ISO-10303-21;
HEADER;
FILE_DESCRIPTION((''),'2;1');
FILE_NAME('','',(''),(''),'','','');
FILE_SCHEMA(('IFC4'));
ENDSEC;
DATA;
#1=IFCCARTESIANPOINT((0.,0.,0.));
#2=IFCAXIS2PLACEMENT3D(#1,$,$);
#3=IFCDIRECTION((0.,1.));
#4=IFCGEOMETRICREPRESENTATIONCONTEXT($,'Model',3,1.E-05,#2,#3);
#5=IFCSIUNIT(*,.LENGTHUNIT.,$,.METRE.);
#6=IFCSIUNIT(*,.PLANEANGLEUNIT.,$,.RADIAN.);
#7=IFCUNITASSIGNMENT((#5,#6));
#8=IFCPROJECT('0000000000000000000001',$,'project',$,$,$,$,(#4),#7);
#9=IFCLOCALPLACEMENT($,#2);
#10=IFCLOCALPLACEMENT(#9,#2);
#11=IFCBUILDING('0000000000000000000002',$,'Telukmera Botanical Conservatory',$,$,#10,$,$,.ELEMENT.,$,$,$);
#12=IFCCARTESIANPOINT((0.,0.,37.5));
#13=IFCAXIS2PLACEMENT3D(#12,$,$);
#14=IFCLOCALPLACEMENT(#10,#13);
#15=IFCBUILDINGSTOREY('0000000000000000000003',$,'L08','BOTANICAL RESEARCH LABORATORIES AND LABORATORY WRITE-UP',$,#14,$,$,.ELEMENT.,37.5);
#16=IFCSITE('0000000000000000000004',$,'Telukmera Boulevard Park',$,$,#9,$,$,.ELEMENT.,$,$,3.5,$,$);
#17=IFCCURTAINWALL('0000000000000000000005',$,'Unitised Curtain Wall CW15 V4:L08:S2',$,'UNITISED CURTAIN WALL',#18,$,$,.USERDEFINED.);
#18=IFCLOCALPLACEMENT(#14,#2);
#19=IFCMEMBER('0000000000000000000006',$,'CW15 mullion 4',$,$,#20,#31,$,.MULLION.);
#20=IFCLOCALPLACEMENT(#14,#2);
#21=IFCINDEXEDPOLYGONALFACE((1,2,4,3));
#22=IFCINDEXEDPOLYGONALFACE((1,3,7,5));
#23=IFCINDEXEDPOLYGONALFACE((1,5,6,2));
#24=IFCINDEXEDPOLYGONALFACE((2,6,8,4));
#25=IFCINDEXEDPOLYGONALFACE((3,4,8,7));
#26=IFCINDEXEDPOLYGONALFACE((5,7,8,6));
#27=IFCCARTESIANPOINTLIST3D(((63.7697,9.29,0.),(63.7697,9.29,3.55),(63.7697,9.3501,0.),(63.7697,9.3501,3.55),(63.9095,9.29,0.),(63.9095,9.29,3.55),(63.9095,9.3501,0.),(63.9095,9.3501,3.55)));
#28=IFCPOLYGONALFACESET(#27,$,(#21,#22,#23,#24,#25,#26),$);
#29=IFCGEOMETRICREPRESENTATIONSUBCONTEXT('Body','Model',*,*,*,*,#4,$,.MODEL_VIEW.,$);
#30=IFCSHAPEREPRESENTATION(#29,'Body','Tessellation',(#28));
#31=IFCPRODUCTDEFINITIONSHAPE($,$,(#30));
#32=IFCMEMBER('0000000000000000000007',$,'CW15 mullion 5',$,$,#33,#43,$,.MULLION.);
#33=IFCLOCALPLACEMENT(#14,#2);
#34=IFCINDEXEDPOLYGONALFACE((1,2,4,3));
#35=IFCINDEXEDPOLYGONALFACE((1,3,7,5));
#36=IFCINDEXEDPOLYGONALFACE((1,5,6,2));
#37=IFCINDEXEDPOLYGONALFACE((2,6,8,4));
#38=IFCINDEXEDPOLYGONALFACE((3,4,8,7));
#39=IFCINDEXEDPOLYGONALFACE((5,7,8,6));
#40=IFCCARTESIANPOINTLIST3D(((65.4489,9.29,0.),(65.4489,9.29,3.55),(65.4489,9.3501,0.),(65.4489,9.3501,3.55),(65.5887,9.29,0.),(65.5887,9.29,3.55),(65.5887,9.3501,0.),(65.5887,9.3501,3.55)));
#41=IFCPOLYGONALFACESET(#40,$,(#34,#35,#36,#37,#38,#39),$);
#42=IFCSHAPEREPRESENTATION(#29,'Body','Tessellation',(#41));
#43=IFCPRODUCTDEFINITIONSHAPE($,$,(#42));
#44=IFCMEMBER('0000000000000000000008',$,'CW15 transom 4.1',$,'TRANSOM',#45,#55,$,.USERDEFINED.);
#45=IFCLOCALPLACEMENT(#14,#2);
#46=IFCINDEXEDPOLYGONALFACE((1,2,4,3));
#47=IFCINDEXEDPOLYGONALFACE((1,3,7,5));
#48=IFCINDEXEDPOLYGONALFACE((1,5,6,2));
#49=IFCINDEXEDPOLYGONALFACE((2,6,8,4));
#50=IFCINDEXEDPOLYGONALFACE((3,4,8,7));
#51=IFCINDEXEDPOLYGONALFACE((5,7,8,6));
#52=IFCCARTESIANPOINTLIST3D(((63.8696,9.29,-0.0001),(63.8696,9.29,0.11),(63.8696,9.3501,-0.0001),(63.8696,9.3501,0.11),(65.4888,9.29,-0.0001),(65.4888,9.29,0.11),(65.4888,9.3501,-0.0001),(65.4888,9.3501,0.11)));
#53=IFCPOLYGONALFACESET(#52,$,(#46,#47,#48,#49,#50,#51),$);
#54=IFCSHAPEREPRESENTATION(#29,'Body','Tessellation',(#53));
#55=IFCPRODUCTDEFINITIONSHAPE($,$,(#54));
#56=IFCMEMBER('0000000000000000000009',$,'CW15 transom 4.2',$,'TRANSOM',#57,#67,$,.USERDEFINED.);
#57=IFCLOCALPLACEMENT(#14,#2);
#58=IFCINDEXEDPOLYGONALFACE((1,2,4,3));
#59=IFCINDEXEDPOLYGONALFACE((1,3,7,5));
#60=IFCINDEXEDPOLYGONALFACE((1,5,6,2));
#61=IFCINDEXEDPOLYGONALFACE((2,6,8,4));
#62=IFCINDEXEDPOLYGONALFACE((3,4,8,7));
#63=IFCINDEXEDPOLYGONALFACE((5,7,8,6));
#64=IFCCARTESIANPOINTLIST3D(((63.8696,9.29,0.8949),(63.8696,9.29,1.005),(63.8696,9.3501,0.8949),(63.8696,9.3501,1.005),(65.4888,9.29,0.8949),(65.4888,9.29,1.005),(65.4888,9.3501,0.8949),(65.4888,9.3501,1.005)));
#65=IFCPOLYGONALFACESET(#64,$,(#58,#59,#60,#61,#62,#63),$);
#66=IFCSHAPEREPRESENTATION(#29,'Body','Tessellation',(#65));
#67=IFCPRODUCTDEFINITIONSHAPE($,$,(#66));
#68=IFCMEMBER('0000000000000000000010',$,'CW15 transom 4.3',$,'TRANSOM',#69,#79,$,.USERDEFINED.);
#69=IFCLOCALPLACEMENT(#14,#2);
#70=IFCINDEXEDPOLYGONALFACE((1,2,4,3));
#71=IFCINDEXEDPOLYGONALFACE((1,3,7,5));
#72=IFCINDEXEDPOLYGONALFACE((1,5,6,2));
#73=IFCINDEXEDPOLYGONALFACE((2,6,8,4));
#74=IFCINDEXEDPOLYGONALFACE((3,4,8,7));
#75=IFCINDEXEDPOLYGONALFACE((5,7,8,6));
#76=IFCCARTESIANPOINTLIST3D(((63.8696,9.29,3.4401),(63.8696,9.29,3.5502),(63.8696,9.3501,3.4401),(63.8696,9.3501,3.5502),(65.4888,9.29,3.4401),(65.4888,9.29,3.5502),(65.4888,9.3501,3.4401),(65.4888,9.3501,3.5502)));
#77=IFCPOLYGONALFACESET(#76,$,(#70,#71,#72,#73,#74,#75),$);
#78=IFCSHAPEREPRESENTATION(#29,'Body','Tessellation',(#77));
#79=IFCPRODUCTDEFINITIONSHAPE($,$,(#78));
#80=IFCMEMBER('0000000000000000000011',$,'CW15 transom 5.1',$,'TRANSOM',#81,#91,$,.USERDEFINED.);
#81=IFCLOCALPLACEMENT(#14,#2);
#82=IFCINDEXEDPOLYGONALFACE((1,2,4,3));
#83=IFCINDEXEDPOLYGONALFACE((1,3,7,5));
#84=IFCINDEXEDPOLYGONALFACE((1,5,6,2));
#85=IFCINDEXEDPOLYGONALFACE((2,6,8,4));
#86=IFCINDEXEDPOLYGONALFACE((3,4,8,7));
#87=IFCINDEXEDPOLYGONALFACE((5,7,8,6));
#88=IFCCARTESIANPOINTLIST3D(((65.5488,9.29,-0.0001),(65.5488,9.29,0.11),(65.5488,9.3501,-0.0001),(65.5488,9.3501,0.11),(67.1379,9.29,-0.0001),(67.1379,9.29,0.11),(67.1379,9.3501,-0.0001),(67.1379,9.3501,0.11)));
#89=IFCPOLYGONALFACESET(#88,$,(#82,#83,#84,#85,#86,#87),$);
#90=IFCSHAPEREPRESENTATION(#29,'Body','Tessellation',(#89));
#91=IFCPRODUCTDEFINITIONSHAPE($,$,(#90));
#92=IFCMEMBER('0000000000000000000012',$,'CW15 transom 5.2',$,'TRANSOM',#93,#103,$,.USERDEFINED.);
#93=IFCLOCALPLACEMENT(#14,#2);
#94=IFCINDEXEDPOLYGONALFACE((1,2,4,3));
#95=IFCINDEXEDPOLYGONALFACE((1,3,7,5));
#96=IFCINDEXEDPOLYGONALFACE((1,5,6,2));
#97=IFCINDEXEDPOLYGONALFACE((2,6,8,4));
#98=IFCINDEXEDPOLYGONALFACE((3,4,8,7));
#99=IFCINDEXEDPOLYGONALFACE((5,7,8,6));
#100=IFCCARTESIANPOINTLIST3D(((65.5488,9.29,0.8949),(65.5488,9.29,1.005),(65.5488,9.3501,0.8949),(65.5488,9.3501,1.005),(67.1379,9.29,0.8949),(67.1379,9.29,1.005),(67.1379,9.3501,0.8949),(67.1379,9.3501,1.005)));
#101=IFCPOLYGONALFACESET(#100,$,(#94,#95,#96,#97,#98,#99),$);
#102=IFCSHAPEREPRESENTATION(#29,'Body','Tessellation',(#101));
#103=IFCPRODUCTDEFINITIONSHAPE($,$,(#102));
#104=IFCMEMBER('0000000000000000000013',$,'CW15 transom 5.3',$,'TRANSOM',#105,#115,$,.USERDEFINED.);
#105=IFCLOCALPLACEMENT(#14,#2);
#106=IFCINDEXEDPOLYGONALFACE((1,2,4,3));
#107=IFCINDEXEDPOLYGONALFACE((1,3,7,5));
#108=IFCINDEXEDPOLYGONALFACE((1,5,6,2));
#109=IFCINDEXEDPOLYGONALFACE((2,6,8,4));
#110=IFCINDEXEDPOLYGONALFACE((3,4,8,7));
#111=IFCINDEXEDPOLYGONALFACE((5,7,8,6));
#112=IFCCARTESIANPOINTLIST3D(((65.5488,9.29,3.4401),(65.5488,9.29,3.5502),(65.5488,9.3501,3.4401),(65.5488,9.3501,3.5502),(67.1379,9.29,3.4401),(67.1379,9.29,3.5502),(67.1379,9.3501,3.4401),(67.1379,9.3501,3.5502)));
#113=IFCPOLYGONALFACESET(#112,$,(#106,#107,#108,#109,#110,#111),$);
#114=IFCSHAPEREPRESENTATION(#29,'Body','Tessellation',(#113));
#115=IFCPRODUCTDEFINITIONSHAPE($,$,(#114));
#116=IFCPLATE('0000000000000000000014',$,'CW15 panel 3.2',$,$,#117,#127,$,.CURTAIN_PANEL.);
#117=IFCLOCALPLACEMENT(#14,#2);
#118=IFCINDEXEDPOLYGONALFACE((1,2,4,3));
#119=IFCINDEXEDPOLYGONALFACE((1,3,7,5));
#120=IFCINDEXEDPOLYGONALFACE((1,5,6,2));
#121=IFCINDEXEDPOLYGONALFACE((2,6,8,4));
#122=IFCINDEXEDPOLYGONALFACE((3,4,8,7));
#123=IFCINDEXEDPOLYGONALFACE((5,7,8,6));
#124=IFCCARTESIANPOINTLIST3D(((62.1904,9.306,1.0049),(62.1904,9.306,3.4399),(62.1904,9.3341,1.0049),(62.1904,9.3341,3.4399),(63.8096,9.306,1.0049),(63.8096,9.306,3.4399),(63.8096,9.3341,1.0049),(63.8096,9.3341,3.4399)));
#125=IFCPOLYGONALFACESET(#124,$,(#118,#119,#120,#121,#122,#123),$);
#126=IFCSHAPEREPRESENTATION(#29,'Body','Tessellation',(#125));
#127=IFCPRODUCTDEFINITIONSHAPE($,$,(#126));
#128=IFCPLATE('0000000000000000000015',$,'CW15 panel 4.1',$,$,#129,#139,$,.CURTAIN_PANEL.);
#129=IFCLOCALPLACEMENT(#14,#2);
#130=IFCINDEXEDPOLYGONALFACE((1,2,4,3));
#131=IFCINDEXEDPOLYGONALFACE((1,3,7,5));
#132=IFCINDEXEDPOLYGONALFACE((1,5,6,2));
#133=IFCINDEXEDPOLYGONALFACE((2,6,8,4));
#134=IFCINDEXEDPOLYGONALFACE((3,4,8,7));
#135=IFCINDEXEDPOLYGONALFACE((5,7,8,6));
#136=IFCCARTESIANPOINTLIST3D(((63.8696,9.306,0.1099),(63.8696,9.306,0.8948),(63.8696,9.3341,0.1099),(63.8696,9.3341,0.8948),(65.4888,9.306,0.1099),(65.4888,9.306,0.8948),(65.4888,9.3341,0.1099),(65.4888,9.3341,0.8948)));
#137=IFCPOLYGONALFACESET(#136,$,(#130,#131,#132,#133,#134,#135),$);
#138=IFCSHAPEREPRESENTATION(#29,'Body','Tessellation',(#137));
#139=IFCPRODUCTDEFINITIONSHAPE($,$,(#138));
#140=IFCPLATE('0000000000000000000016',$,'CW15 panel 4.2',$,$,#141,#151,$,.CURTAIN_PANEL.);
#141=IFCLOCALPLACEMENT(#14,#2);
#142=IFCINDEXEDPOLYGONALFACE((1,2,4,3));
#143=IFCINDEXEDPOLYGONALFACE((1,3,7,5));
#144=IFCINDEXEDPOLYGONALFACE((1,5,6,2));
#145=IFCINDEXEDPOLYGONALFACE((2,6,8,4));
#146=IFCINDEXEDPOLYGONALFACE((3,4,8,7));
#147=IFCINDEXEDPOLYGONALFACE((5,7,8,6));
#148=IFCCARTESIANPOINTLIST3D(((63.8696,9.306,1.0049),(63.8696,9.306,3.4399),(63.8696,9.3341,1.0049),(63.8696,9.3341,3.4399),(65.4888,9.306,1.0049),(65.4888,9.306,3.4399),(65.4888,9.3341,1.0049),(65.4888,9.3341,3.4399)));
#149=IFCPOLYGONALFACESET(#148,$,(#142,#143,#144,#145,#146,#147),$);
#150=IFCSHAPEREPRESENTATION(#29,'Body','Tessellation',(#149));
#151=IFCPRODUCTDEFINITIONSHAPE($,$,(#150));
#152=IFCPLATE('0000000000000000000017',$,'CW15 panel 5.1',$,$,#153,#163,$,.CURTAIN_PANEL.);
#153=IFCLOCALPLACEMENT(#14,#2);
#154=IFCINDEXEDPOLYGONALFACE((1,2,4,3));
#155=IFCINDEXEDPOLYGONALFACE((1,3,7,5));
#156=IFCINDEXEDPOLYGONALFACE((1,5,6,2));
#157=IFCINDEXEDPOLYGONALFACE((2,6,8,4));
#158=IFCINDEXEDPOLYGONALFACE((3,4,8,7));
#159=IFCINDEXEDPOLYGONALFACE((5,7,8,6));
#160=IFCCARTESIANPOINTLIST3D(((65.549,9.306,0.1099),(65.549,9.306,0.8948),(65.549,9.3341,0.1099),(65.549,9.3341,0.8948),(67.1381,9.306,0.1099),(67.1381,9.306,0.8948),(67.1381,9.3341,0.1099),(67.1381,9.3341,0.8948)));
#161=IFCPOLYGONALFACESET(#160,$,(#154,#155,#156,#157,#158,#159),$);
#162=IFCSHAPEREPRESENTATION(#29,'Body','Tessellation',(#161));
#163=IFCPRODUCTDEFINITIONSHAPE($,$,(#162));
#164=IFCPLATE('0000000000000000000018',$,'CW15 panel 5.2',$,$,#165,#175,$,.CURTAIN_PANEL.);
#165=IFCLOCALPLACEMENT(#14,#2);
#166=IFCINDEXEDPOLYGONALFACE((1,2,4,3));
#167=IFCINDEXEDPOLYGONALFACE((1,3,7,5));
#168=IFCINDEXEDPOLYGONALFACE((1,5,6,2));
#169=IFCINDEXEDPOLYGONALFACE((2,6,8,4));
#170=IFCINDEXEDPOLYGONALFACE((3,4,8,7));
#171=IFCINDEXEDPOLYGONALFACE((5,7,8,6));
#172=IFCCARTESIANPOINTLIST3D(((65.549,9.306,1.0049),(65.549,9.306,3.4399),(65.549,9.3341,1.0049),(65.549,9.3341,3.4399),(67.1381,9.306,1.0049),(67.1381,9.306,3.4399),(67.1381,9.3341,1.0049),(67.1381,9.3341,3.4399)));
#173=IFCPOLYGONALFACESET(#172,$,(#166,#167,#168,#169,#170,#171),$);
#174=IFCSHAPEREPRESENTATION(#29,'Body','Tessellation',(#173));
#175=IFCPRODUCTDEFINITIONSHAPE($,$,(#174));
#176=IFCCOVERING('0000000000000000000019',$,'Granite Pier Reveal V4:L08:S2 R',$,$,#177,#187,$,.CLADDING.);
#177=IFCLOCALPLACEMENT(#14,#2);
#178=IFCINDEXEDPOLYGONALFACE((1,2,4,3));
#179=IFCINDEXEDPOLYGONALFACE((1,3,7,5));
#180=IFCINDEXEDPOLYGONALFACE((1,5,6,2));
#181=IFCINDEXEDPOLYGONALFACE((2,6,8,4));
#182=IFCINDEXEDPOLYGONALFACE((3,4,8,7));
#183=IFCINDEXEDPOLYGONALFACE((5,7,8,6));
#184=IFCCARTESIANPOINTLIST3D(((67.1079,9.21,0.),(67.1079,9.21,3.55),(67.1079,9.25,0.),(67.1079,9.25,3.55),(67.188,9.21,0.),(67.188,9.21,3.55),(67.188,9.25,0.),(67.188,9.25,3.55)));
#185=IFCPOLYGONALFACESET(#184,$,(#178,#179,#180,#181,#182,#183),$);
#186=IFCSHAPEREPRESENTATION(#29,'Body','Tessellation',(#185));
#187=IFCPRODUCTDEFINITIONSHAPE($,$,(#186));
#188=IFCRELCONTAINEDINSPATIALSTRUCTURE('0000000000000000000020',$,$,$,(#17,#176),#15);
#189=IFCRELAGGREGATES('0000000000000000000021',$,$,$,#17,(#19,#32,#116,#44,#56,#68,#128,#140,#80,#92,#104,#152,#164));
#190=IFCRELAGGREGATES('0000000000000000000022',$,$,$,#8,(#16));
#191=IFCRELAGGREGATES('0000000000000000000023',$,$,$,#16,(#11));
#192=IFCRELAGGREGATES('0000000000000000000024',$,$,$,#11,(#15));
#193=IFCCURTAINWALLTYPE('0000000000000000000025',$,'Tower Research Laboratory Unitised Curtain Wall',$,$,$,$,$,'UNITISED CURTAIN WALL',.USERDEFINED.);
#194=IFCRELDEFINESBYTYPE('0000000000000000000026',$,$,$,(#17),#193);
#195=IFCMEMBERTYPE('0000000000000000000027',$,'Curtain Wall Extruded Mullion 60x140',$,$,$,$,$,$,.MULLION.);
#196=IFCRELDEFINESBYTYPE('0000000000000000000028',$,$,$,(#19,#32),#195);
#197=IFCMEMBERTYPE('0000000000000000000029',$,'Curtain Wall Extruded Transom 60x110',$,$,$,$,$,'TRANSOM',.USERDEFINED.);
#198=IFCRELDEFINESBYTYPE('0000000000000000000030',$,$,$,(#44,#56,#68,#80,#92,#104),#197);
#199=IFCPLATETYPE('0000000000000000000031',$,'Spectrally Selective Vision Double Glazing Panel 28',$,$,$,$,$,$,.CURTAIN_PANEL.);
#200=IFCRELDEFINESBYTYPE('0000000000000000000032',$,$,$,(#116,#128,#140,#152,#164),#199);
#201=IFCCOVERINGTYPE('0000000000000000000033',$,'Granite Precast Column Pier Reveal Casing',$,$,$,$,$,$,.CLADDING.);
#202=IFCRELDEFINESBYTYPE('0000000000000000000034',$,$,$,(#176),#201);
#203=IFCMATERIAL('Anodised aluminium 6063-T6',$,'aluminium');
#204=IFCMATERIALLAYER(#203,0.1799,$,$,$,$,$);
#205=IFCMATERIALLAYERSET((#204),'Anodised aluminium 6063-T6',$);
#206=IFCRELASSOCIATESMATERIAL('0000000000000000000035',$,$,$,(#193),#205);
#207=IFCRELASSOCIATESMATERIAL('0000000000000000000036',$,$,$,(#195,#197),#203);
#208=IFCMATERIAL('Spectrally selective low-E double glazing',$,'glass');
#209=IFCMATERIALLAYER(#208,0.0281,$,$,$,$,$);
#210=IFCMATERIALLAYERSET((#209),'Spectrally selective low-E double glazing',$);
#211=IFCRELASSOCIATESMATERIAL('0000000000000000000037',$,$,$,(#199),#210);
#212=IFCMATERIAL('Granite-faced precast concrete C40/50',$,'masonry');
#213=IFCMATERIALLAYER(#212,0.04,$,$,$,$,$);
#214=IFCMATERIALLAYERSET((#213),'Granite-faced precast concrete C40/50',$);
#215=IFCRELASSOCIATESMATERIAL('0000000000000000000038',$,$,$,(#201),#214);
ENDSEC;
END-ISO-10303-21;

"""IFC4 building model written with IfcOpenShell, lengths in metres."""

from ifc_helpers import new_model, si_unit, direction, frame, origin, origin_2d, place, context, subcontext, project, spatial, rectangle, extrude, material, layer, layer_set, material_profile, profile_set, type_object, element, aggregate, save


model = new_model("IFC4")

# Units and contexts
model_context = context("Model", 3, precision=1e-05, world=origin(), true_north=direction((0.0, 1.0)))
body_context = subcontext(model_context, "Body", "Model", "MODEL_VIEW")
ifc_project = project(units=[si_unit("LENGTHUNIT", "METRE"), si_unit("PLANEANGLEUNIT", "RADIAN")], contexts=[model_context])

# Site, building, storey
site_placement = place(None, origin())
site = spatial("IfcSite", under=ifc_project, at=site_placement, Name="Telukmera Boulevard Park", CompositionType="ELEMENT", RefElevation=3.5)
building_placement = place(site_placement, origin())
building = spatial("IfcBuilding", under=site, at=building_placement, Name="Telukmera Botanical Conservatory", CompositionType="ELEMENT")
storey_placement = place(building_placement, frame((0.0, 0.0, 37.5)))
storey = spatial("IfcBuildingStorey", under=building, at=storey_placement, Name="L08", Description="BOTANICAL RESEARCH LABORATORIES AND LABORATORY WRITE-UP", CompositionType="ELEMENT", Elevation=37.5)

# Curtain wall, members, plates
ifc_material_1 = material(Name="Anodised aluminium 6063-T6", Category="aluminium")
ifc_layer_1 = layer(ifc_material_1, 0.1799)
ifc_layer_set_1 = layer_set([ifc_layer_1], Name="Anodised aluminium 6063-T6")
curtain_wall_type = type_object("IfcCurtainWallType", Name="Tower Research Laboratory Unitised Curtain Wall", ElementType="UNITISED CURTAIN WALL", PredefinedType="USERDEFINED", material=ifc_layer_set_1)
curtain_wall_placement = place(storey_placement, origin())
curtain_wall = element("IfcCurtainWall", 1, at=curtain_wall_placement, inside=storey, type_object=curtain_wall_type, Name="Unitised Curtain Wall CW15 V4:L08:S2", ObjectType="UNITISED CURTAIN WALL", PredefinedType="USERDEFINED")
ifc_material_profile_1 = material_profile(ifc_material_1, rectangle(XDim=0.0601, YDim=0.1399, at=origin_2d()), Name="ALU MULL 60x140")
ifc_profile_set_1 = profile_set([ifc_material_profile_1], Name="Anodised aluminium 6063-T6")
member_type_1 = type_object("IfcMemberType", Name="Curtain Wall Extruded Mullion 60x140", PredefinedType="MULLION", material=ifc_profile_set_1)
member_1_placement = place(storey_placement, frame((63.8396, 9.3201, 0.0), z_axis=(0.0, 0.0, 1.0), x_axis=(0.0, 1.0, 0.0)))
member_1 = element("IfcMember", 2, at=member_1_placement, type_object=member_type_1, Name="CW15 mullion 4", PredefinedType="MULLION", context=body_context, shape_type="SweptSolid", body=[
    extrude(rectangle(XDim=0.0601, YDim=0.1399, at=origin_2d()), origin(), (0.0, 0.0, 1.0), 3.55),
])
member_2_placement = place(storey_placement, frame((65.5188, 9.3201, 0.0), z_axis=(0.0, 0.0, 1.0), x_axis=(0.0, 1.0, 0.0)))
member_2 = element("IfcMember", 3, at=member_2_placement, type_object=member_type_1, Name="CW15 mullion 5", PredefinedType="MULLION", context=body_context, shape_type="SweptSolid", body=[
    extrude(rectangle(XDim=0.0601, YDim=0.1399, at=origin_2d()), origin(), (0.0, 0.0, 1.0), 3.55),
])
ifc_material_profile_2 = material_profile(ifc_material_1, rectangle(XDim=0.0601, YDim=0.1101, at=origin_2d()), Name="ALU TRAN 60x110")
ifc_profile_set_2 = profile_set([ifc_material_profile_2], Name="Anodised aluminium 6063-T6")
member_type_2 = type_object("IfcMemberType", Name="Curtain Wall Extruded Transom 60x110", ElementType="TRANSOM", PredefinedType="USERDEFINED", material=ifc_profile_set_2)
member_3_placement = place(storey_placement, frame((63.8696, 9.3201, 0.0549), z_axis=(1.0, 0.0, 0.0), x_axis=(0.0, 1.0, 0.0)))
member_3 = element("IfcMember", 4, at=member_3_placement, type_object=member_type_2, Name="CW15 transom 4.1", ObjectType="TRANSOM", PredefinedType="USERDEFINED", context=body_context, shape_type="SweptSolid", body=[
    extrude(rectangle(XDim=0.0601, YDim=0.1101, at=origin_2d()), origin(), (0.0, 0.0, 1.0), 1.6191),
])
member_4_placement = place(storey_placement, frame((63.8696, 9.3201, 0.95), z_axis=(1.0, 0.0, 0.0), x_axis=(0.0, 1.0, 0.0)))
member_4 = element("IfcMember", 5, at=member_4_placement, type_object=member_type_2, Name="CW15 transom 4.2", ObjectType="TRANSOM", PredefinedType="USERDEFINED", context=body_context, shape_type="SweptSolid", body=[
    extrude(rectangle(XDim=0.0601, YDim=0.1101, at=origin_2d()), origin(), (0.0, 0.0, 1.0), 1.6191),
])
member_5_placement = place(storey_placement, frame((63.8696, 9.3201, 3.4951), z_axis=(1.0, 0.0, 0.0), x_axis=(0.0, 1.0, 0.0)))
member_5 = element("IfcMember", 6, at=member_5_placement, type_object=member_type_2, Name="CW15 transom 4.3", ObjectType="TRANSOM", PredefinedType="USERDEFINED", context=body_context, shape_type="SweptSolid", body=[
    extrude(rectangle(XDim=0.0601, YDim=0.1101, at=origin_2d()), origin(), (0.0, 0.0, 1.0), 1.6191),
])
member_6_placement = place(storey_placement, frame((65.5488, 9.3201, 0.0549), z_axis=(1.0, 0.0, 0.0), x_axis=(0.0, 1.0, 0.0)))
member_6 = element("IfcMember", 7, at=member_6_placement, type_object=member_type_2, Name="CW15 transom 5.1", ObjectType="TRANSOM", PredefinedType="USERDEFINED", context=body_context, shape_type="SweptSolid", body=[
    extrude(rectangle(XDim=0.0601, YDim=0.1101, at=origin_2d()), origin(), (0.0, 0.0, 1.0), 1.5891),
])
member_7_placement = place(storey_placement, frame((65.5488, 9.3201, 0.95), z_axis=(1.0, 0.0, 0.0), x_axis=(0.0, 1.0, 0.0)))
member_7 = element("IfcMember", 8, at=member_7_placement, type_object=member_type_2, Name="CW15 transom 5.2", ObjectType="TRANSOM", PredefinedType="USERDEFINED", context=body_context, shape_type="SweptSolid", body=[
    extrude(rectangle(XDim=0.0601, YDim=0.1101, at=origin_2d()), origin(), (0.0, 0.0, 1.0), 1.5891),
])
member_8_placement = place(storey_placement, frame((65.5488, 9.3201, 3.4951), z_axis=(1.0, 0.0, 0.0), x_axis=(0.0, 1.0, 0.0)))
member_8 = element("IfcMember", 9, at=member_8_placement, type_object=member_type_2, Name="CW15 transom 5.3", ObjectType="TRANSOM", PredefinedType="USERDEFINED", context=body_context, shape_type="SweptSolid", body=[
    extrude(rectangle(XDim=0.0601, YDim=0.1101, at=origin_2d()), origin(), (0.0, 0.0, 1.0), 1.5891),
])
ifc_material_2 = material(Name="Spectrally selective low-E double glazing", Category="glass")
ifc_layer_2 = layer(ifc_material_2, 0.0281)
ifc_layer_set_2 = layer_set([ifc_layer_2], Name="Spectrally selective low-E double glazing")
plate_type = type_object("IfcPlateType", Name="Spectrally Selective Vision Double Glazing Panel 28", PredefinedType="CURTAIN_PANEL", material=ifc_layer_set_2)
plate_1_placement = place(storey_placement, frame((63.0, 9.3201, 1.0049), z_axis=(0.0, 0.0, 1.0), x_axis=(1.0, 0.0, 0.0)))
plate_1 = element("IfcPlate", 10, at=plate_1_placement, type_object=plate_type, Name="CW15 panel 3.2", PredefinedType="CURTAIN_PANEL", context=body_context, shape_type="SweptSolid", body=[
    extrude(rectangle(XDim=1.6191, YDim=0.0281, at=origin_2d()), origin(), (0.0, 0.0, 1.0), 2.4351),
])
plate_2_placement = place(storey_placement, frame((64.6792, 9.3201, 0.1099), z_axis=(0.0, 0.0, 1.0), x_axis=(1.0, 0.0, 0.0)))
plate_2 = element("IfcPlate", 11, at=plate_2_placement, type_object=plate_type, Name="CW15 panel 4.1", PredefinedType="CURTAIN_PANEL", context=body_context, shape_type="SweptSolid", body=[
    extrude(rectangle(XDim=1.6191, YDim=0.0281, at=origin_2d()), origin(), (0.0, 0.0, 1.0), 0.7849),
])
plate_3_placement = place(storey_placement, frame((64.6792, 9.3201, 1.0049), z_axis=(0.0, 0.0, 1.0), x_axis=(1.0, 0.0, 0.0)))
plate_3 = element("IfcPlate", 12, at=plate_3_placement, type_object=plate_type, Name="CW15 panel 4.2", PredefinedType="CURTAIN_PANEL", context=body_context, shape_type="SweptSolid", body=[
    extrude(rectangle(XDim=1.6191, YDim=0.0281, at=origin_2d()), origin(), (0.0, 0.0, 1.0), 2.4351),
])
plate_4_placement = place(storey_placement, frame((66.3435, 9.3201, 0.1099), z_axis=(0.0, 0.0, 1.0), x_axis=(1.0, 0.0, 0.0)))
plate_4 = element("IfcPlate", 13, at=plate_4_placement, type_object=plate_type, Name="CW15 panel 5.1", PredefinedType="CURTAIN_PANEL", context=body_context, shape_type="SweptSolid", body=[
    extrude(rectangle(XDim=1.5891, YDim=0.0281, at=origin_2d()), origin(), (0.0, 0.0, 1.0), 0.7849),
])
plate_5_placement = place(storey_placement, frame((66.3435, 9.3201, 1.0049), z_axis=(0.0, 0.0, 1.0), x_axis=(1.0, 0.0, 0.0)))
plate_5 = element("IfcPlate", 14, at=plate_5_placement, type_object=plate_type, Name="CW15 panel 5.2", PredefinedType="CURTAIN_PANEL", context=body_context, shape_type="SweptSolid", body=[
    extrude(rectangle(XDim=1.5891, YDim=0.0281, at=origin_2d()), origin(), (0.0, 0.0, 1.0), 2.4351),
])
aggregate(curtain_wall, [member_1, member_2, plate_1, member_3, member_4, member_5, plate_2, plate_3, member_6, member_7, member_8, plate_4, plate_5])

# Covering
ifc_material_3 = material(Name="Granite-faced precast concrete C40/50", Category="masonry")
ifc_layer_3 = layer(ifc_material_3, 0.04)
ifc_layer_set_3 = layer_set([ifc_layer_3], Name="Granite-faced precast concrete C40/50")
covering_type_1 = type_object("IfcCoveringType", Name="Granite Precast Column Pier Reveal Casing", PredefinedType="CLADDING", material=ifc_layer_set_3)
for number, where, z_axis, x_axis, name in (
    (15, (67.1479, 9.23, 0.0), (0.0, 0.0, 1.0), (1.0, 0.0, 0.0), "Granite Pier Reveal V4:L08:S2 R"),
):
    element("IfcCovering", number, at=place(storey_placement, frame(where, z_axis=z_axis, x_axis=x_axis)), inside=storey, type_object=covering_type_1, Name=name, PredefinedType="CLADDING", context=body_context, shape_type="SweptSolid", body=[
        extrude(rectangle(XDim=0.0801, YDim=0.04, at=origin_2d()), origin(), (0.0, 0.0, 1.0), 3.55),
    ])

save(model, "model.ifc")
